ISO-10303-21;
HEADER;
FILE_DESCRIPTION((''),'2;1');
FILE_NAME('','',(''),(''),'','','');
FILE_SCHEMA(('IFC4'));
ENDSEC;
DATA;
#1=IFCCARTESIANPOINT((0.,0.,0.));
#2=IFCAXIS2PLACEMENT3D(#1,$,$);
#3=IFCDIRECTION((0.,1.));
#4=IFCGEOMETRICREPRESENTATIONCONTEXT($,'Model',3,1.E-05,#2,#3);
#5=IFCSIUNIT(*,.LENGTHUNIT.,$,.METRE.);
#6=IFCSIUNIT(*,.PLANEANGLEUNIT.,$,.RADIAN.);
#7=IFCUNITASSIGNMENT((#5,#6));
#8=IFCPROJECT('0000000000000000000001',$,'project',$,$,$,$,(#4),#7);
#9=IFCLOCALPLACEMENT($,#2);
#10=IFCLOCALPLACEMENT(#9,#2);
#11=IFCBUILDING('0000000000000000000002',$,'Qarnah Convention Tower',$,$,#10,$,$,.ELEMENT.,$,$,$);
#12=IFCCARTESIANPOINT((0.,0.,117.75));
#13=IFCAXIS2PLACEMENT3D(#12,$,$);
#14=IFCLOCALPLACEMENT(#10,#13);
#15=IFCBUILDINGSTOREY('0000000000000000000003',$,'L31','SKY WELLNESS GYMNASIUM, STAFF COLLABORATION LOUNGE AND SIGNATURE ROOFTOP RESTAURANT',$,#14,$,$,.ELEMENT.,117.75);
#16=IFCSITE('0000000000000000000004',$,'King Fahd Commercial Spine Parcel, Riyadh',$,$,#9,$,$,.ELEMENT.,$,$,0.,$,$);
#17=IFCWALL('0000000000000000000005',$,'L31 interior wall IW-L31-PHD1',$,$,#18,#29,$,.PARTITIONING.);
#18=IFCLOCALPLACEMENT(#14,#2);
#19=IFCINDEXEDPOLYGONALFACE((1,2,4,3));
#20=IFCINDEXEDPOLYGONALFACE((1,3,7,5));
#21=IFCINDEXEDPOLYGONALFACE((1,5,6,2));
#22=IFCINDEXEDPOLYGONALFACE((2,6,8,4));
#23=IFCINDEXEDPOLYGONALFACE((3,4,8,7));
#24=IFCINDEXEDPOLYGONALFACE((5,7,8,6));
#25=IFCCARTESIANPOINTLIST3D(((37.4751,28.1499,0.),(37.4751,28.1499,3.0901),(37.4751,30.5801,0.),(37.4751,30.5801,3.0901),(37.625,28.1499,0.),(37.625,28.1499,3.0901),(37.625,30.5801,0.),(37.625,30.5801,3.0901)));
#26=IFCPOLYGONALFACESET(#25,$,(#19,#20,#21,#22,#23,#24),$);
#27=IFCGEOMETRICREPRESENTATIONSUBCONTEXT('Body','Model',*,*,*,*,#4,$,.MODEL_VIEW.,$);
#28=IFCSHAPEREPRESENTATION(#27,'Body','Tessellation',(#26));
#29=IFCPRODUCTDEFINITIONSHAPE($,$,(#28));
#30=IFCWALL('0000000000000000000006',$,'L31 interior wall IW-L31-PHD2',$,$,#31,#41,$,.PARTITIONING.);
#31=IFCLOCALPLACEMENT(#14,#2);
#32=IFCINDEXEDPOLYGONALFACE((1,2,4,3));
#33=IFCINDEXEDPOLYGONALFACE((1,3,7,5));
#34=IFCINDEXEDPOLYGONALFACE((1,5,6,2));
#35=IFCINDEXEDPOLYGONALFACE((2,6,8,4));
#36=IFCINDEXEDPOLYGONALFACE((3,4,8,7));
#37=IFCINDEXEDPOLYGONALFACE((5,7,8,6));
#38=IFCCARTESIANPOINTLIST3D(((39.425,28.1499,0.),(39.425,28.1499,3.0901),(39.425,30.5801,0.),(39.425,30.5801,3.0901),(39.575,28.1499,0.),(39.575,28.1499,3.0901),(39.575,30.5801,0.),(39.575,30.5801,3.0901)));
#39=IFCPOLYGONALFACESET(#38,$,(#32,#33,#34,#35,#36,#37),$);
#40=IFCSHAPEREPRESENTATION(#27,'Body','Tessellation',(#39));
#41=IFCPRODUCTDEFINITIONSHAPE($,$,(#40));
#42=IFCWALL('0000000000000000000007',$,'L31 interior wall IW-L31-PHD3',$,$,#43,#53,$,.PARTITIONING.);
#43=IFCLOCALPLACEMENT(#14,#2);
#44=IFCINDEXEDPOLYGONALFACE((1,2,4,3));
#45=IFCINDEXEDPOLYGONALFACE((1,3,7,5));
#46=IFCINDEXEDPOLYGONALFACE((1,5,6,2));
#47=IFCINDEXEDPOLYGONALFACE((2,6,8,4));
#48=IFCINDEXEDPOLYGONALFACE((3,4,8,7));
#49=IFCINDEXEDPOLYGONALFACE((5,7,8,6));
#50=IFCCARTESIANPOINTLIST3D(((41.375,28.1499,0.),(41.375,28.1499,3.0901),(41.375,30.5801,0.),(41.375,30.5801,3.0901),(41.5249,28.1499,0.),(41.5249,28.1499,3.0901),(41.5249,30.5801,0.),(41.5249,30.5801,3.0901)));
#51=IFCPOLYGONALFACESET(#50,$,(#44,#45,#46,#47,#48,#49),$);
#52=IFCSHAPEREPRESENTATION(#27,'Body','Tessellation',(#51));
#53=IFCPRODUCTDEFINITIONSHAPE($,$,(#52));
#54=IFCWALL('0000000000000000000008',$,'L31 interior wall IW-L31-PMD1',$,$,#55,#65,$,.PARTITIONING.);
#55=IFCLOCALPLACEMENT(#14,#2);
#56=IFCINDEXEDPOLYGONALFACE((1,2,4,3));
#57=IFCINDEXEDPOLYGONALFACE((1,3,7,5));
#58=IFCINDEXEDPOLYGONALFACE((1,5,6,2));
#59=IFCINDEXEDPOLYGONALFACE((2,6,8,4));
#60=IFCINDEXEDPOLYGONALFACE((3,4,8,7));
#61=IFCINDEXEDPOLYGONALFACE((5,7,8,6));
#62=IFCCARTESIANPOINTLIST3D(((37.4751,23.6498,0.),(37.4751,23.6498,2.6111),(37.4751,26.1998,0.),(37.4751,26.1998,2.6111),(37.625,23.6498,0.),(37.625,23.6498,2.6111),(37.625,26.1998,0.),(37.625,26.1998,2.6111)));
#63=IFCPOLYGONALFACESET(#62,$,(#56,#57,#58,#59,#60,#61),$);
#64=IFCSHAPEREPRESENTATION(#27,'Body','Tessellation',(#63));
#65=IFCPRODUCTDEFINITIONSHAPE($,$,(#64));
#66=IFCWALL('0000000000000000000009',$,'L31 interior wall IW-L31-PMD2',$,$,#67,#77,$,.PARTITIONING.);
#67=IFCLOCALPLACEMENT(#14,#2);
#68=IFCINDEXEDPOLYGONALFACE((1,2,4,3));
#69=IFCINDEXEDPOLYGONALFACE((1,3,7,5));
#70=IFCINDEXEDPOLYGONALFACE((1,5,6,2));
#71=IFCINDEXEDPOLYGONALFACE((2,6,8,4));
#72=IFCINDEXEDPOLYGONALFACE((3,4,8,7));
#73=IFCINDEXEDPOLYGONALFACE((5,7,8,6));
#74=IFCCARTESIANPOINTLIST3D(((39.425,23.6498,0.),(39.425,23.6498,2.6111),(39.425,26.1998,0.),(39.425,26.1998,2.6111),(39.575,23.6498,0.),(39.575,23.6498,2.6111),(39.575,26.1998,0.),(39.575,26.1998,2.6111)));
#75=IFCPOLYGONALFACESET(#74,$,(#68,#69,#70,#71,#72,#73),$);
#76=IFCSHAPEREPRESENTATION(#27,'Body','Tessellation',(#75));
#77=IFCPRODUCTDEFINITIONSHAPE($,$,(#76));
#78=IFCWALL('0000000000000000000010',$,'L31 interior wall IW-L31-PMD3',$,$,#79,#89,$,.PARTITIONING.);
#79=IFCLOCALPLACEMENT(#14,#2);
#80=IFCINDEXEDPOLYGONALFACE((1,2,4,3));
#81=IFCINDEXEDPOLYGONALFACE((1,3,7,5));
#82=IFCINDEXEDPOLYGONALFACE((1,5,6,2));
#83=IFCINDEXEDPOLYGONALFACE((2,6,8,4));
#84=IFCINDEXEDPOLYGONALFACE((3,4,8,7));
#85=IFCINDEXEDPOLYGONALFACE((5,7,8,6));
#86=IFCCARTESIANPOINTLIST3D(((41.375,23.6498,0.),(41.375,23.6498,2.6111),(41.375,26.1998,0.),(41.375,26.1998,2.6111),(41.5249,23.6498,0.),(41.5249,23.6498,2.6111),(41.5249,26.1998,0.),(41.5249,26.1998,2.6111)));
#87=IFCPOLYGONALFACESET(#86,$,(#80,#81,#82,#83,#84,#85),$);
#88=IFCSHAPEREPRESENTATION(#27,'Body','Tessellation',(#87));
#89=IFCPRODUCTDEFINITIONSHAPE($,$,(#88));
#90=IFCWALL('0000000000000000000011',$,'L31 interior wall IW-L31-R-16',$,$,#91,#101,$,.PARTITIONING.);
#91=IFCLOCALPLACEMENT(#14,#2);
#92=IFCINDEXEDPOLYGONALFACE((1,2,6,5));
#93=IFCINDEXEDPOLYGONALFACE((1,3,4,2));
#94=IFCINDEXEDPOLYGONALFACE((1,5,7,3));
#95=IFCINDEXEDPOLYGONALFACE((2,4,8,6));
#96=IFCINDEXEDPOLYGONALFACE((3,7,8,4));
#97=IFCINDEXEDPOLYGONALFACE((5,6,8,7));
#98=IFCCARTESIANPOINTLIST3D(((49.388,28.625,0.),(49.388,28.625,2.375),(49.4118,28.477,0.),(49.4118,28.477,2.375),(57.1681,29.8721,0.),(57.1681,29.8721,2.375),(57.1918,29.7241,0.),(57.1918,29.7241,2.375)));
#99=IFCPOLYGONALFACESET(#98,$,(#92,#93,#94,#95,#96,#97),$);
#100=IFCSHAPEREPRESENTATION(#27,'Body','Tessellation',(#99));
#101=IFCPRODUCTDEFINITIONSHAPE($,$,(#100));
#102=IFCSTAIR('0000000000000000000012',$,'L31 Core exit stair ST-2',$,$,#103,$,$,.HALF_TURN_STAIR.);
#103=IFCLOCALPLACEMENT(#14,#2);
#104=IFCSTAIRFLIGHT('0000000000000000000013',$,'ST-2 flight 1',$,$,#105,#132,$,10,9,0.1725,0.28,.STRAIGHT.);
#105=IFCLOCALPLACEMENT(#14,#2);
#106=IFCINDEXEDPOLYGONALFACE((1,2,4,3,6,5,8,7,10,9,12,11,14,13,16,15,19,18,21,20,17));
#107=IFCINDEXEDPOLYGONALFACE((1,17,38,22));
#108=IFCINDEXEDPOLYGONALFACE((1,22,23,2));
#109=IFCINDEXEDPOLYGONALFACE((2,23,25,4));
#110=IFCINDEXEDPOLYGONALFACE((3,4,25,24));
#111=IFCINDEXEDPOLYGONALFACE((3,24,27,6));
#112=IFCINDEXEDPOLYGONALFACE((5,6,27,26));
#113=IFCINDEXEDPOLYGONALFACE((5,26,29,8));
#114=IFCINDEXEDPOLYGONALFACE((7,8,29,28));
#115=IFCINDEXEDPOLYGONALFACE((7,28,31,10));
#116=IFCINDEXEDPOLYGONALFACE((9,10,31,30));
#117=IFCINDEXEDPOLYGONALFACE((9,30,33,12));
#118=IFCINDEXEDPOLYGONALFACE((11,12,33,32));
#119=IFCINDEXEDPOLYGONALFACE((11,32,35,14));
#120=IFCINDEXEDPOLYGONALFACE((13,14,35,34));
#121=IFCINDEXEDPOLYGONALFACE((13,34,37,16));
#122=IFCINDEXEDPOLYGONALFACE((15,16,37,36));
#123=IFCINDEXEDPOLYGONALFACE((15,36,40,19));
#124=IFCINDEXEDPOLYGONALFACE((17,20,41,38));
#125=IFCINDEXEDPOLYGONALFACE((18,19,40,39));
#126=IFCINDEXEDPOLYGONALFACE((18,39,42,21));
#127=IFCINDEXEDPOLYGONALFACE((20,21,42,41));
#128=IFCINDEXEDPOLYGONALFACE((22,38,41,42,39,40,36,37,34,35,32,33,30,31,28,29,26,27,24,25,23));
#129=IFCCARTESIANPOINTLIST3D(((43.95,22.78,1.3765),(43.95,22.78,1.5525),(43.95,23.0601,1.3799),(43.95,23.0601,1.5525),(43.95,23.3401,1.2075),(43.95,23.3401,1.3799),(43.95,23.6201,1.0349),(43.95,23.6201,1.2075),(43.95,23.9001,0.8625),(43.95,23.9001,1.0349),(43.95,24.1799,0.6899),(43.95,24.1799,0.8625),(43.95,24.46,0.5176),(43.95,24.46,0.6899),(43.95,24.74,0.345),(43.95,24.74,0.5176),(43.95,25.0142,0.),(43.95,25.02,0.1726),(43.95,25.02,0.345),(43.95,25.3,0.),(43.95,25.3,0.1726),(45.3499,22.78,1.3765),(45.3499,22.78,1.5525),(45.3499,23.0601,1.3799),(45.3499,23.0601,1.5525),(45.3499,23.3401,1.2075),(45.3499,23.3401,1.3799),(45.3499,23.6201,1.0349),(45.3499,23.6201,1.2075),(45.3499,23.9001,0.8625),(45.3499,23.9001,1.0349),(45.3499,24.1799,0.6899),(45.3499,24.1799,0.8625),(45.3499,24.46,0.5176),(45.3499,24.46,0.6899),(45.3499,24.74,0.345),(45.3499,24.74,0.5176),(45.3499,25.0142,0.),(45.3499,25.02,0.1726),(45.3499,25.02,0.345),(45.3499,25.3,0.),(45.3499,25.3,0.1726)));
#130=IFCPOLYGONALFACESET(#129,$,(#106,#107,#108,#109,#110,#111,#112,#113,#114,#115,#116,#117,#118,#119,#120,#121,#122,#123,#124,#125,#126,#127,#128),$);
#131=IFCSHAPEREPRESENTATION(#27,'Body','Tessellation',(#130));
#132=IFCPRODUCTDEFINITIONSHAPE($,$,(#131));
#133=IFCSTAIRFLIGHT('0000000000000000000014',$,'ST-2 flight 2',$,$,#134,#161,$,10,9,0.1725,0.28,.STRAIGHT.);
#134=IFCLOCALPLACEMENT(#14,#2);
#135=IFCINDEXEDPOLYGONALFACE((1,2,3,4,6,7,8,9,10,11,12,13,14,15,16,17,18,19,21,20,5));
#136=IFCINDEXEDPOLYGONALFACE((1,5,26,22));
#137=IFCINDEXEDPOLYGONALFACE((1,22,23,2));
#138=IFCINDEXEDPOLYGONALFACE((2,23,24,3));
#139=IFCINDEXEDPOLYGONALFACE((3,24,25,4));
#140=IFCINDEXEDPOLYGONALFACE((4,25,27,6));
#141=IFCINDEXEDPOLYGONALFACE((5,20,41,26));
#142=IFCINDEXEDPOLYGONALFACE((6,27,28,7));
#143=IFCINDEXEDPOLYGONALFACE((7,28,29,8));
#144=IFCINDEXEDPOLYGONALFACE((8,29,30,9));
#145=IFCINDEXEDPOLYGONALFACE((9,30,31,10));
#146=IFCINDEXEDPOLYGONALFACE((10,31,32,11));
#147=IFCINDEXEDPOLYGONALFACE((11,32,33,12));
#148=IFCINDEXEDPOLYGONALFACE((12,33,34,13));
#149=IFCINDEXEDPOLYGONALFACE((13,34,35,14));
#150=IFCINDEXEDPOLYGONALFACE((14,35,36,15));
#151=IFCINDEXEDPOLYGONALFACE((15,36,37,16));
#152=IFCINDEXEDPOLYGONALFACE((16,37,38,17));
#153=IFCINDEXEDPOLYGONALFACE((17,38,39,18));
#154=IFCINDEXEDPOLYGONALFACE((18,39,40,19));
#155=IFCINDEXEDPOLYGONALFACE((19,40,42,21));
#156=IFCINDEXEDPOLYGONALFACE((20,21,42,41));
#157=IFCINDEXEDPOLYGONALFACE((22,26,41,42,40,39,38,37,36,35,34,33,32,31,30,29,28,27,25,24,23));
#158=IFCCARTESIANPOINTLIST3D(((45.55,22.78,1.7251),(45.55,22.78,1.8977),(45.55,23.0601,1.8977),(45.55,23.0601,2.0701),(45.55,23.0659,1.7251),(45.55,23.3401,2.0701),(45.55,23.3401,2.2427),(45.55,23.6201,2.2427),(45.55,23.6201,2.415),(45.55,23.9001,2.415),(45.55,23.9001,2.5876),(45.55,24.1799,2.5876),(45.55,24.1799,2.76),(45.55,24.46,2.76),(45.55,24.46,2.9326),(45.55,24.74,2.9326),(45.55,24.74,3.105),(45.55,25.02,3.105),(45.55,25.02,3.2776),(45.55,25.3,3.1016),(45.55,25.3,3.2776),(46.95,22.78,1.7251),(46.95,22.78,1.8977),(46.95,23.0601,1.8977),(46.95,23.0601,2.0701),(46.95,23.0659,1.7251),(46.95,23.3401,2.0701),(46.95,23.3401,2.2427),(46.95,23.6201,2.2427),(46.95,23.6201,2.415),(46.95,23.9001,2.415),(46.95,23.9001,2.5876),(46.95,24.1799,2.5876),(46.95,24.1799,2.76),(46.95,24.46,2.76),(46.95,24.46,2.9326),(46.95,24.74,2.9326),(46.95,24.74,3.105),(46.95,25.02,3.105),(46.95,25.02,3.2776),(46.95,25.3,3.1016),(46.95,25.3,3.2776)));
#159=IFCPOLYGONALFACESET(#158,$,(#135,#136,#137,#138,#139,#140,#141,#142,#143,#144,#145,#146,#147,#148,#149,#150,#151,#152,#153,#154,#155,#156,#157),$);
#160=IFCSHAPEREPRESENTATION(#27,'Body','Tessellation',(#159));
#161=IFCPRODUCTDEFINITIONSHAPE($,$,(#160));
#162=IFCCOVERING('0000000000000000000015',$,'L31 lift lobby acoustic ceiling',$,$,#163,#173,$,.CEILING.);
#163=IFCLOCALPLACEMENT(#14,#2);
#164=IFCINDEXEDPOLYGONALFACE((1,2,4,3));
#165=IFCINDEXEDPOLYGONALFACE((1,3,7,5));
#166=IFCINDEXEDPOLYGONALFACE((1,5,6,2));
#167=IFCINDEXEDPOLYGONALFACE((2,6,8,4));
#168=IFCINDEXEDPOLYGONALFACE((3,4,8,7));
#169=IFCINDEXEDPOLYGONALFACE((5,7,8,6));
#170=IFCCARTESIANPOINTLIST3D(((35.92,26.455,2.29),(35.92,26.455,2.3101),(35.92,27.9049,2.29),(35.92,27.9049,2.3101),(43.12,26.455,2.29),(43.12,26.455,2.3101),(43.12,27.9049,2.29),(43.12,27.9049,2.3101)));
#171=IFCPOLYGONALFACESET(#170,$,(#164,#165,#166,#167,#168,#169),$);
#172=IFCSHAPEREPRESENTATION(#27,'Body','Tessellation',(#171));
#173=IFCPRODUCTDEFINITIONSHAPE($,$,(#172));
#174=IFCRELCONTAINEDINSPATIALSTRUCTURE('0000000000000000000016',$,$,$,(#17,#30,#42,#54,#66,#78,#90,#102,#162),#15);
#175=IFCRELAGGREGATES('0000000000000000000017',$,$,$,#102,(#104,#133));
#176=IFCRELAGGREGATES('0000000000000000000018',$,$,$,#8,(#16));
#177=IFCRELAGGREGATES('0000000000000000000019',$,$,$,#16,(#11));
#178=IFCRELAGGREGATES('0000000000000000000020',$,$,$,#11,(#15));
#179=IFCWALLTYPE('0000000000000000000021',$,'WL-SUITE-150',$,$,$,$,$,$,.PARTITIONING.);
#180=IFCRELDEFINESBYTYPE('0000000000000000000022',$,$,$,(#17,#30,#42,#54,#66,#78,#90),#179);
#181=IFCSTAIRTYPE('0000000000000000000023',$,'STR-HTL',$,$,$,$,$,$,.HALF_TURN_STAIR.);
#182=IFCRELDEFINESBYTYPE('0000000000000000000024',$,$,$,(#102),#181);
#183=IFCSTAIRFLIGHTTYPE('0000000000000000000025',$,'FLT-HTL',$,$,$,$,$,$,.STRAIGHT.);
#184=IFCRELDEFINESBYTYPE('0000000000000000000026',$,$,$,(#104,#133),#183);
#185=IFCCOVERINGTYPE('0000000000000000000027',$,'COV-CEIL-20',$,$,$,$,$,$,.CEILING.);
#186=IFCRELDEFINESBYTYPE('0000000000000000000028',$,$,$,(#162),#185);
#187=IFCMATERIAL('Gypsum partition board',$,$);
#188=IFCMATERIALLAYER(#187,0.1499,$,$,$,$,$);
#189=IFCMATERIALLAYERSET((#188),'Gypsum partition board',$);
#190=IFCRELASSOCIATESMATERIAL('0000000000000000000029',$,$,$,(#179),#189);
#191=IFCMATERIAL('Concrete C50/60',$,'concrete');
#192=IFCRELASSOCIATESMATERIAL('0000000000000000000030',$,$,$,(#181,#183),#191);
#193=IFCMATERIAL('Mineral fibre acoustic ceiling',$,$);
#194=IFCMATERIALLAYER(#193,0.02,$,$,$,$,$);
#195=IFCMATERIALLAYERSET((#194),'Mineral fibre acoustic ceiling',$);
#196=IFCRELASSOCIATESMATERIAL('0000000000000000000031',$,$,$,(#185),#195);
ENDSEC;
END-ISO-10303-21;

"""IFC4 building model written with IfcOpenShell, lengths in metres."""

from ifc_helpers import new_model, si_unit, direction, frame, frame_2d, origin, origin_2d, place, context, subcontext, project, spatial, polyline, rectangle, outline, extrude, material, layer, layer_set, type_object, element, aggregate, save


model = new_model("IFC4")

# Units and contexts
model_context = context("Model", 3, precision=1e-05, world=origin(), true_north=direction((0.0, 1.0)))
body_context = subcontext(model_context, "Body", "Model", "MODEL_VIEW")
ifc_project = project(units=[si_unit("LENGTHUNIT", "METRE"), si_unit("PLANEANGLEUNIT", "RADIAN")], contexts=[model_context])

# Site, building, storey
site_placement = place(None, origin())
site = spatial("IfcSite", under=ifc_project, at=site_placement, Name="King Fahd Commercial Spine Parcel, Riyadh", CompositionType="ELEMENT", RefElevation=0.0)
building_placement = place(site_placement, origin())
building = spatial("IfcBuilding", under=site, at=building_placement, Name="Qarnah Convention Tower", CompositionType="ELEMENT")
storey_placement = place(building_placement, frame((0.0, 0.0, 117.75)))
storey = spatial("IfcBuildingStorey", under=building, at=storey_placement, Name="L31", Description="SKY WELLNESS GYMNASIUM, STAFF COLLABORATION LOUNGE AND SIGNATURE ROOFTOP RESTAURANT", CompositionType="ELEMENT", Elevation=117.75)

# Walls
ifc_material_1 = material(Name="Gypsum partition board")
ifc_layer_1 = layer(ifc_material_1, 0.1499)
ifc_layer_set_1 = layer_set([ifc_layer_1], Name="Gypsum partition board")
wall_type_1 = type_object("IfcWallType", Name="WL-SUITE-150", PredefinedType="PARTITIONING", material=ifc_layer_set_1)
for number, where, z_axis, x_axis, name in (
    (1, (37.55, 28.1499, 0.0), (0.0, 0.0, 1.0), (0.0, 1.0, 0.0), "L31 interior wall IW-L31-PHD1"),
    (2, (39.5, 28.1499, 0.0), (0.0, 0.0, 1.0), (0.0, 1.0, 0.0), "L31 interior wall IW-L31-PHD2"),
    (3, (41.45, 28.1499, 0.0), (0.0, 0.0, 1.0), (0.0, 1.0, 0.0), "L31 interior wall IW-L31-PHD3"),
):
    element("IfcWall", number, at=place(storey_placement, frame(where, z_axis=z_axis, x_axis=x_axis)), inside=storey, type_object=wall_type_1, Name=name, PredefinedType="PARTITIONING", context=body_context, shape_type="SweptSolid", body=[
        extrude(rectangle(XDim=2.4302, YDim=0.1499, at=frame_2d((1.2151, 0.0))), origin(), (0.0, 0.0, 1.0), 3.0901),
    ])
for number, where, z_axis, x_axis, name in (
    (4, (37.55, 23.6499, 0.0), (0.0, 0.0, 1.0), (0.0, 1.0, 0.0), "L31 interior wall IW-L31-PMD1"),
    (5, (39.5, 23.6499, 0.0), (0.0, 0.0, 1.0), (0.0, 1.0, 0.0), "L31 interior wall IW-L31-PMD2"),
    (6, (41.45, 23.6499, 0.0), (0.0, 0.0, 1.0), (0.0, 1.0, 0.0), "L31 interior wall IW-L31-PMD3"),
):
    element("IfcWall", number, at=place(storey_placement, frame(where, z_axis=z_axis, x_axis=x_axis)), inside=storey, type_object=wall_type_1, Name=name, PredefinedType="PARTITIONING", context=body_context, shape_type="SweptSolid", body=[
        extrude(rectangle(XDim=2.55, YDim=0.1499, at=frame_2d((1.2749, 0.0))), origin(), (0.0, 0.0, 1.0), 2.6111),
    ])
wall_1_placement = place(storey_placement, frame((49.3999, 28.551, 0.0), z_axis=(0.0, 0.0, 1.0), x_axis=(0.987396, 0.158271, 0.0)))
element("IfcWall", 7, at=wall_1_placement, inside=storey, type_object=wall_type_1, Name="L31 interior wall IW-L31-R-16", PredefinedType="PARTITIONING", context=body_context, shape_type="SweptSolid", body=[
    extrude(rectangle(XDim=7.8794, YDim=0.1499, at=frame_2d((3.9397, 0.0))), origin(), (0.0, 0.0, 1.0), 2.375),
])

# Stair, stair flights
ifc_material_2 = material(Name="Concrete C50/60", Category="concrete")
stair_type = type_object("IfcStairType", Name="STR-HTL", PredefinedType="HALF_TURN_STAIR", material=ifc_material_2)
stair_placement = place(storey_placement, origin())
stair = element("IfcStair", 8, at=stair_placement, inside=storey, type_object=stair_type, Name="L31 Core exit stair ST-2", PredefinedType="HALF_TURN_STAIR")
stair_flight_type = type_object("IfcStairFlightType", Name="FLT-HTL", PredefinedType="STRAIGHT", material=ifc_material_2)
stair_flight_1_placement = place(storey_placement, frame((44.6499, 25.3, 0.0), z_axis=(0.0, 0.0, 1.0), x_axis=(0.0, -1.0, 0.0)))
stair_flight_1 = element("IfcStairFlight", 9, at=stair_flight_1_placement, type_object=stair_flight_type, Name="ST-2 flight 1", NumberOfRisers=10, NumberOfTreads=9, PredefinedType="STRAIGHT", RiserHeight=0.1725, TreadLength=0.28, context=body_context, shape_type="SweptSolid", body=[
    extrude(outline(polyline([(0.0, 0.0), (0.0, 0.1726), (0.28, 0.1726), (0.28, 0.345), (0.5601, 0.345), (0.5601, 0.5176), (0.8401, 0.5176), (0.8401, 0.6899), (1.1201, 0.6899), (1.1201, 0.8625), (1.3999, 0.8625), (1.3999, 1.0349), (1.6799, 1.0349), (1.6799, 1.2075), (1.96, 1.2075), (1.96, 1.3799), (2.24, 1.3799), (2.24, 1.5525), (2.52, 1.5525), (2.52, 1.7251), (2.52, 1.3765), (0.2859, 0.0), (0.0, 0.0)])), frame((0.0, 0.7, 0.0), z_axis=(0.0, -1.0, 0.0), x_axis=(1.0, 0.0, 0.0)), (0.0, 0.0, 1.0), 1.3999),
])
stair_flight_2_placement = place(storey_placement, frame((46.25, 22.78, 1.7251), z_axis=(0.0, 0.0, 1.0), x_axis=(0.0, 1.0, 0.0)))
stair_flight_2 = element("IfcStairFlight", 10, at=stair_flight_2_placement, type_object=stair_flight_type, Name="ST-2 flight 2", NumberOfRisers=10, NumberOfTreads=9, PredefinedType="STRAIGHT", RiserHeight=0.1725, TreadLength=0.28, context=body_context, shape_type="SweptSolid", body=[
    extrude(outline(polyline([(0.0, 0.0), (0.0, 0.1726), (0.28, 0.1726), (0.28, 0.345), (0.5601, 0.345), (0.5601, 0.5176), (0.8401, 0.5176), (0.8401, 0.6899), (1.1201, 0.6899), (1.1201, 0.8625), (1.3999, 0.8625), (1.3999, 1.0349), (1.6799, 1.0349), (1.6799, 1.2075), (1.96, 1.2075), (1.96, 1.3799), (2.24, 1.3799), (2.24, 1.5525), (2.52, 1.5525), (2.52, 1.7251), (2.52, 1.3765), (0.2859, 0.0), (0.0, 0.0)])), frame((0.0, 0.7, 0.0), z_axis=(0.0, -1.0, 0.0), x_axis=(1.0, 0.0, 0.0)), (0.0, 0.0, 1.0), 1.3999),
])
aggregate(stair, [stair_flight_1, stair_flight_2])

# Covering
ifc_material_3 = material(Name="Mineral fibre acoustic ceiling")
ifc_layer_2 = layer(ifc_material_3, 0.02)
ifc_layer_set_2 = layer_set([ifc_layer_2], Name="Mineral fibre acoustic ceiling")
covering_type = type_object("IfcCoveringType", Name="COV-CEIL-20", PredefinedType="CEILING", material=ifc_layer_set_2)
covering_placement = place(storey_placement, frame((39.52, 27.1799, 2.29), z_axis=(0.0, 0.0, 1.0), x_axis=(1.0, 0.0, 0.0)))
element("IfcCovering", 11, at=covering_placement, inside=storey, type_object=covering_type, Name="L31 lift lobby acoustic ceiling", PredefinedType="CEILING", context=body_context, shape_type="SweptSolid", body=[
    extrude(rectangle(XDim=7.2, YDim=1.45, at=origin_2d()), origin(), (0.0, 0.0, 1.0), 0.02),
])

save(model, "model.ifc")
